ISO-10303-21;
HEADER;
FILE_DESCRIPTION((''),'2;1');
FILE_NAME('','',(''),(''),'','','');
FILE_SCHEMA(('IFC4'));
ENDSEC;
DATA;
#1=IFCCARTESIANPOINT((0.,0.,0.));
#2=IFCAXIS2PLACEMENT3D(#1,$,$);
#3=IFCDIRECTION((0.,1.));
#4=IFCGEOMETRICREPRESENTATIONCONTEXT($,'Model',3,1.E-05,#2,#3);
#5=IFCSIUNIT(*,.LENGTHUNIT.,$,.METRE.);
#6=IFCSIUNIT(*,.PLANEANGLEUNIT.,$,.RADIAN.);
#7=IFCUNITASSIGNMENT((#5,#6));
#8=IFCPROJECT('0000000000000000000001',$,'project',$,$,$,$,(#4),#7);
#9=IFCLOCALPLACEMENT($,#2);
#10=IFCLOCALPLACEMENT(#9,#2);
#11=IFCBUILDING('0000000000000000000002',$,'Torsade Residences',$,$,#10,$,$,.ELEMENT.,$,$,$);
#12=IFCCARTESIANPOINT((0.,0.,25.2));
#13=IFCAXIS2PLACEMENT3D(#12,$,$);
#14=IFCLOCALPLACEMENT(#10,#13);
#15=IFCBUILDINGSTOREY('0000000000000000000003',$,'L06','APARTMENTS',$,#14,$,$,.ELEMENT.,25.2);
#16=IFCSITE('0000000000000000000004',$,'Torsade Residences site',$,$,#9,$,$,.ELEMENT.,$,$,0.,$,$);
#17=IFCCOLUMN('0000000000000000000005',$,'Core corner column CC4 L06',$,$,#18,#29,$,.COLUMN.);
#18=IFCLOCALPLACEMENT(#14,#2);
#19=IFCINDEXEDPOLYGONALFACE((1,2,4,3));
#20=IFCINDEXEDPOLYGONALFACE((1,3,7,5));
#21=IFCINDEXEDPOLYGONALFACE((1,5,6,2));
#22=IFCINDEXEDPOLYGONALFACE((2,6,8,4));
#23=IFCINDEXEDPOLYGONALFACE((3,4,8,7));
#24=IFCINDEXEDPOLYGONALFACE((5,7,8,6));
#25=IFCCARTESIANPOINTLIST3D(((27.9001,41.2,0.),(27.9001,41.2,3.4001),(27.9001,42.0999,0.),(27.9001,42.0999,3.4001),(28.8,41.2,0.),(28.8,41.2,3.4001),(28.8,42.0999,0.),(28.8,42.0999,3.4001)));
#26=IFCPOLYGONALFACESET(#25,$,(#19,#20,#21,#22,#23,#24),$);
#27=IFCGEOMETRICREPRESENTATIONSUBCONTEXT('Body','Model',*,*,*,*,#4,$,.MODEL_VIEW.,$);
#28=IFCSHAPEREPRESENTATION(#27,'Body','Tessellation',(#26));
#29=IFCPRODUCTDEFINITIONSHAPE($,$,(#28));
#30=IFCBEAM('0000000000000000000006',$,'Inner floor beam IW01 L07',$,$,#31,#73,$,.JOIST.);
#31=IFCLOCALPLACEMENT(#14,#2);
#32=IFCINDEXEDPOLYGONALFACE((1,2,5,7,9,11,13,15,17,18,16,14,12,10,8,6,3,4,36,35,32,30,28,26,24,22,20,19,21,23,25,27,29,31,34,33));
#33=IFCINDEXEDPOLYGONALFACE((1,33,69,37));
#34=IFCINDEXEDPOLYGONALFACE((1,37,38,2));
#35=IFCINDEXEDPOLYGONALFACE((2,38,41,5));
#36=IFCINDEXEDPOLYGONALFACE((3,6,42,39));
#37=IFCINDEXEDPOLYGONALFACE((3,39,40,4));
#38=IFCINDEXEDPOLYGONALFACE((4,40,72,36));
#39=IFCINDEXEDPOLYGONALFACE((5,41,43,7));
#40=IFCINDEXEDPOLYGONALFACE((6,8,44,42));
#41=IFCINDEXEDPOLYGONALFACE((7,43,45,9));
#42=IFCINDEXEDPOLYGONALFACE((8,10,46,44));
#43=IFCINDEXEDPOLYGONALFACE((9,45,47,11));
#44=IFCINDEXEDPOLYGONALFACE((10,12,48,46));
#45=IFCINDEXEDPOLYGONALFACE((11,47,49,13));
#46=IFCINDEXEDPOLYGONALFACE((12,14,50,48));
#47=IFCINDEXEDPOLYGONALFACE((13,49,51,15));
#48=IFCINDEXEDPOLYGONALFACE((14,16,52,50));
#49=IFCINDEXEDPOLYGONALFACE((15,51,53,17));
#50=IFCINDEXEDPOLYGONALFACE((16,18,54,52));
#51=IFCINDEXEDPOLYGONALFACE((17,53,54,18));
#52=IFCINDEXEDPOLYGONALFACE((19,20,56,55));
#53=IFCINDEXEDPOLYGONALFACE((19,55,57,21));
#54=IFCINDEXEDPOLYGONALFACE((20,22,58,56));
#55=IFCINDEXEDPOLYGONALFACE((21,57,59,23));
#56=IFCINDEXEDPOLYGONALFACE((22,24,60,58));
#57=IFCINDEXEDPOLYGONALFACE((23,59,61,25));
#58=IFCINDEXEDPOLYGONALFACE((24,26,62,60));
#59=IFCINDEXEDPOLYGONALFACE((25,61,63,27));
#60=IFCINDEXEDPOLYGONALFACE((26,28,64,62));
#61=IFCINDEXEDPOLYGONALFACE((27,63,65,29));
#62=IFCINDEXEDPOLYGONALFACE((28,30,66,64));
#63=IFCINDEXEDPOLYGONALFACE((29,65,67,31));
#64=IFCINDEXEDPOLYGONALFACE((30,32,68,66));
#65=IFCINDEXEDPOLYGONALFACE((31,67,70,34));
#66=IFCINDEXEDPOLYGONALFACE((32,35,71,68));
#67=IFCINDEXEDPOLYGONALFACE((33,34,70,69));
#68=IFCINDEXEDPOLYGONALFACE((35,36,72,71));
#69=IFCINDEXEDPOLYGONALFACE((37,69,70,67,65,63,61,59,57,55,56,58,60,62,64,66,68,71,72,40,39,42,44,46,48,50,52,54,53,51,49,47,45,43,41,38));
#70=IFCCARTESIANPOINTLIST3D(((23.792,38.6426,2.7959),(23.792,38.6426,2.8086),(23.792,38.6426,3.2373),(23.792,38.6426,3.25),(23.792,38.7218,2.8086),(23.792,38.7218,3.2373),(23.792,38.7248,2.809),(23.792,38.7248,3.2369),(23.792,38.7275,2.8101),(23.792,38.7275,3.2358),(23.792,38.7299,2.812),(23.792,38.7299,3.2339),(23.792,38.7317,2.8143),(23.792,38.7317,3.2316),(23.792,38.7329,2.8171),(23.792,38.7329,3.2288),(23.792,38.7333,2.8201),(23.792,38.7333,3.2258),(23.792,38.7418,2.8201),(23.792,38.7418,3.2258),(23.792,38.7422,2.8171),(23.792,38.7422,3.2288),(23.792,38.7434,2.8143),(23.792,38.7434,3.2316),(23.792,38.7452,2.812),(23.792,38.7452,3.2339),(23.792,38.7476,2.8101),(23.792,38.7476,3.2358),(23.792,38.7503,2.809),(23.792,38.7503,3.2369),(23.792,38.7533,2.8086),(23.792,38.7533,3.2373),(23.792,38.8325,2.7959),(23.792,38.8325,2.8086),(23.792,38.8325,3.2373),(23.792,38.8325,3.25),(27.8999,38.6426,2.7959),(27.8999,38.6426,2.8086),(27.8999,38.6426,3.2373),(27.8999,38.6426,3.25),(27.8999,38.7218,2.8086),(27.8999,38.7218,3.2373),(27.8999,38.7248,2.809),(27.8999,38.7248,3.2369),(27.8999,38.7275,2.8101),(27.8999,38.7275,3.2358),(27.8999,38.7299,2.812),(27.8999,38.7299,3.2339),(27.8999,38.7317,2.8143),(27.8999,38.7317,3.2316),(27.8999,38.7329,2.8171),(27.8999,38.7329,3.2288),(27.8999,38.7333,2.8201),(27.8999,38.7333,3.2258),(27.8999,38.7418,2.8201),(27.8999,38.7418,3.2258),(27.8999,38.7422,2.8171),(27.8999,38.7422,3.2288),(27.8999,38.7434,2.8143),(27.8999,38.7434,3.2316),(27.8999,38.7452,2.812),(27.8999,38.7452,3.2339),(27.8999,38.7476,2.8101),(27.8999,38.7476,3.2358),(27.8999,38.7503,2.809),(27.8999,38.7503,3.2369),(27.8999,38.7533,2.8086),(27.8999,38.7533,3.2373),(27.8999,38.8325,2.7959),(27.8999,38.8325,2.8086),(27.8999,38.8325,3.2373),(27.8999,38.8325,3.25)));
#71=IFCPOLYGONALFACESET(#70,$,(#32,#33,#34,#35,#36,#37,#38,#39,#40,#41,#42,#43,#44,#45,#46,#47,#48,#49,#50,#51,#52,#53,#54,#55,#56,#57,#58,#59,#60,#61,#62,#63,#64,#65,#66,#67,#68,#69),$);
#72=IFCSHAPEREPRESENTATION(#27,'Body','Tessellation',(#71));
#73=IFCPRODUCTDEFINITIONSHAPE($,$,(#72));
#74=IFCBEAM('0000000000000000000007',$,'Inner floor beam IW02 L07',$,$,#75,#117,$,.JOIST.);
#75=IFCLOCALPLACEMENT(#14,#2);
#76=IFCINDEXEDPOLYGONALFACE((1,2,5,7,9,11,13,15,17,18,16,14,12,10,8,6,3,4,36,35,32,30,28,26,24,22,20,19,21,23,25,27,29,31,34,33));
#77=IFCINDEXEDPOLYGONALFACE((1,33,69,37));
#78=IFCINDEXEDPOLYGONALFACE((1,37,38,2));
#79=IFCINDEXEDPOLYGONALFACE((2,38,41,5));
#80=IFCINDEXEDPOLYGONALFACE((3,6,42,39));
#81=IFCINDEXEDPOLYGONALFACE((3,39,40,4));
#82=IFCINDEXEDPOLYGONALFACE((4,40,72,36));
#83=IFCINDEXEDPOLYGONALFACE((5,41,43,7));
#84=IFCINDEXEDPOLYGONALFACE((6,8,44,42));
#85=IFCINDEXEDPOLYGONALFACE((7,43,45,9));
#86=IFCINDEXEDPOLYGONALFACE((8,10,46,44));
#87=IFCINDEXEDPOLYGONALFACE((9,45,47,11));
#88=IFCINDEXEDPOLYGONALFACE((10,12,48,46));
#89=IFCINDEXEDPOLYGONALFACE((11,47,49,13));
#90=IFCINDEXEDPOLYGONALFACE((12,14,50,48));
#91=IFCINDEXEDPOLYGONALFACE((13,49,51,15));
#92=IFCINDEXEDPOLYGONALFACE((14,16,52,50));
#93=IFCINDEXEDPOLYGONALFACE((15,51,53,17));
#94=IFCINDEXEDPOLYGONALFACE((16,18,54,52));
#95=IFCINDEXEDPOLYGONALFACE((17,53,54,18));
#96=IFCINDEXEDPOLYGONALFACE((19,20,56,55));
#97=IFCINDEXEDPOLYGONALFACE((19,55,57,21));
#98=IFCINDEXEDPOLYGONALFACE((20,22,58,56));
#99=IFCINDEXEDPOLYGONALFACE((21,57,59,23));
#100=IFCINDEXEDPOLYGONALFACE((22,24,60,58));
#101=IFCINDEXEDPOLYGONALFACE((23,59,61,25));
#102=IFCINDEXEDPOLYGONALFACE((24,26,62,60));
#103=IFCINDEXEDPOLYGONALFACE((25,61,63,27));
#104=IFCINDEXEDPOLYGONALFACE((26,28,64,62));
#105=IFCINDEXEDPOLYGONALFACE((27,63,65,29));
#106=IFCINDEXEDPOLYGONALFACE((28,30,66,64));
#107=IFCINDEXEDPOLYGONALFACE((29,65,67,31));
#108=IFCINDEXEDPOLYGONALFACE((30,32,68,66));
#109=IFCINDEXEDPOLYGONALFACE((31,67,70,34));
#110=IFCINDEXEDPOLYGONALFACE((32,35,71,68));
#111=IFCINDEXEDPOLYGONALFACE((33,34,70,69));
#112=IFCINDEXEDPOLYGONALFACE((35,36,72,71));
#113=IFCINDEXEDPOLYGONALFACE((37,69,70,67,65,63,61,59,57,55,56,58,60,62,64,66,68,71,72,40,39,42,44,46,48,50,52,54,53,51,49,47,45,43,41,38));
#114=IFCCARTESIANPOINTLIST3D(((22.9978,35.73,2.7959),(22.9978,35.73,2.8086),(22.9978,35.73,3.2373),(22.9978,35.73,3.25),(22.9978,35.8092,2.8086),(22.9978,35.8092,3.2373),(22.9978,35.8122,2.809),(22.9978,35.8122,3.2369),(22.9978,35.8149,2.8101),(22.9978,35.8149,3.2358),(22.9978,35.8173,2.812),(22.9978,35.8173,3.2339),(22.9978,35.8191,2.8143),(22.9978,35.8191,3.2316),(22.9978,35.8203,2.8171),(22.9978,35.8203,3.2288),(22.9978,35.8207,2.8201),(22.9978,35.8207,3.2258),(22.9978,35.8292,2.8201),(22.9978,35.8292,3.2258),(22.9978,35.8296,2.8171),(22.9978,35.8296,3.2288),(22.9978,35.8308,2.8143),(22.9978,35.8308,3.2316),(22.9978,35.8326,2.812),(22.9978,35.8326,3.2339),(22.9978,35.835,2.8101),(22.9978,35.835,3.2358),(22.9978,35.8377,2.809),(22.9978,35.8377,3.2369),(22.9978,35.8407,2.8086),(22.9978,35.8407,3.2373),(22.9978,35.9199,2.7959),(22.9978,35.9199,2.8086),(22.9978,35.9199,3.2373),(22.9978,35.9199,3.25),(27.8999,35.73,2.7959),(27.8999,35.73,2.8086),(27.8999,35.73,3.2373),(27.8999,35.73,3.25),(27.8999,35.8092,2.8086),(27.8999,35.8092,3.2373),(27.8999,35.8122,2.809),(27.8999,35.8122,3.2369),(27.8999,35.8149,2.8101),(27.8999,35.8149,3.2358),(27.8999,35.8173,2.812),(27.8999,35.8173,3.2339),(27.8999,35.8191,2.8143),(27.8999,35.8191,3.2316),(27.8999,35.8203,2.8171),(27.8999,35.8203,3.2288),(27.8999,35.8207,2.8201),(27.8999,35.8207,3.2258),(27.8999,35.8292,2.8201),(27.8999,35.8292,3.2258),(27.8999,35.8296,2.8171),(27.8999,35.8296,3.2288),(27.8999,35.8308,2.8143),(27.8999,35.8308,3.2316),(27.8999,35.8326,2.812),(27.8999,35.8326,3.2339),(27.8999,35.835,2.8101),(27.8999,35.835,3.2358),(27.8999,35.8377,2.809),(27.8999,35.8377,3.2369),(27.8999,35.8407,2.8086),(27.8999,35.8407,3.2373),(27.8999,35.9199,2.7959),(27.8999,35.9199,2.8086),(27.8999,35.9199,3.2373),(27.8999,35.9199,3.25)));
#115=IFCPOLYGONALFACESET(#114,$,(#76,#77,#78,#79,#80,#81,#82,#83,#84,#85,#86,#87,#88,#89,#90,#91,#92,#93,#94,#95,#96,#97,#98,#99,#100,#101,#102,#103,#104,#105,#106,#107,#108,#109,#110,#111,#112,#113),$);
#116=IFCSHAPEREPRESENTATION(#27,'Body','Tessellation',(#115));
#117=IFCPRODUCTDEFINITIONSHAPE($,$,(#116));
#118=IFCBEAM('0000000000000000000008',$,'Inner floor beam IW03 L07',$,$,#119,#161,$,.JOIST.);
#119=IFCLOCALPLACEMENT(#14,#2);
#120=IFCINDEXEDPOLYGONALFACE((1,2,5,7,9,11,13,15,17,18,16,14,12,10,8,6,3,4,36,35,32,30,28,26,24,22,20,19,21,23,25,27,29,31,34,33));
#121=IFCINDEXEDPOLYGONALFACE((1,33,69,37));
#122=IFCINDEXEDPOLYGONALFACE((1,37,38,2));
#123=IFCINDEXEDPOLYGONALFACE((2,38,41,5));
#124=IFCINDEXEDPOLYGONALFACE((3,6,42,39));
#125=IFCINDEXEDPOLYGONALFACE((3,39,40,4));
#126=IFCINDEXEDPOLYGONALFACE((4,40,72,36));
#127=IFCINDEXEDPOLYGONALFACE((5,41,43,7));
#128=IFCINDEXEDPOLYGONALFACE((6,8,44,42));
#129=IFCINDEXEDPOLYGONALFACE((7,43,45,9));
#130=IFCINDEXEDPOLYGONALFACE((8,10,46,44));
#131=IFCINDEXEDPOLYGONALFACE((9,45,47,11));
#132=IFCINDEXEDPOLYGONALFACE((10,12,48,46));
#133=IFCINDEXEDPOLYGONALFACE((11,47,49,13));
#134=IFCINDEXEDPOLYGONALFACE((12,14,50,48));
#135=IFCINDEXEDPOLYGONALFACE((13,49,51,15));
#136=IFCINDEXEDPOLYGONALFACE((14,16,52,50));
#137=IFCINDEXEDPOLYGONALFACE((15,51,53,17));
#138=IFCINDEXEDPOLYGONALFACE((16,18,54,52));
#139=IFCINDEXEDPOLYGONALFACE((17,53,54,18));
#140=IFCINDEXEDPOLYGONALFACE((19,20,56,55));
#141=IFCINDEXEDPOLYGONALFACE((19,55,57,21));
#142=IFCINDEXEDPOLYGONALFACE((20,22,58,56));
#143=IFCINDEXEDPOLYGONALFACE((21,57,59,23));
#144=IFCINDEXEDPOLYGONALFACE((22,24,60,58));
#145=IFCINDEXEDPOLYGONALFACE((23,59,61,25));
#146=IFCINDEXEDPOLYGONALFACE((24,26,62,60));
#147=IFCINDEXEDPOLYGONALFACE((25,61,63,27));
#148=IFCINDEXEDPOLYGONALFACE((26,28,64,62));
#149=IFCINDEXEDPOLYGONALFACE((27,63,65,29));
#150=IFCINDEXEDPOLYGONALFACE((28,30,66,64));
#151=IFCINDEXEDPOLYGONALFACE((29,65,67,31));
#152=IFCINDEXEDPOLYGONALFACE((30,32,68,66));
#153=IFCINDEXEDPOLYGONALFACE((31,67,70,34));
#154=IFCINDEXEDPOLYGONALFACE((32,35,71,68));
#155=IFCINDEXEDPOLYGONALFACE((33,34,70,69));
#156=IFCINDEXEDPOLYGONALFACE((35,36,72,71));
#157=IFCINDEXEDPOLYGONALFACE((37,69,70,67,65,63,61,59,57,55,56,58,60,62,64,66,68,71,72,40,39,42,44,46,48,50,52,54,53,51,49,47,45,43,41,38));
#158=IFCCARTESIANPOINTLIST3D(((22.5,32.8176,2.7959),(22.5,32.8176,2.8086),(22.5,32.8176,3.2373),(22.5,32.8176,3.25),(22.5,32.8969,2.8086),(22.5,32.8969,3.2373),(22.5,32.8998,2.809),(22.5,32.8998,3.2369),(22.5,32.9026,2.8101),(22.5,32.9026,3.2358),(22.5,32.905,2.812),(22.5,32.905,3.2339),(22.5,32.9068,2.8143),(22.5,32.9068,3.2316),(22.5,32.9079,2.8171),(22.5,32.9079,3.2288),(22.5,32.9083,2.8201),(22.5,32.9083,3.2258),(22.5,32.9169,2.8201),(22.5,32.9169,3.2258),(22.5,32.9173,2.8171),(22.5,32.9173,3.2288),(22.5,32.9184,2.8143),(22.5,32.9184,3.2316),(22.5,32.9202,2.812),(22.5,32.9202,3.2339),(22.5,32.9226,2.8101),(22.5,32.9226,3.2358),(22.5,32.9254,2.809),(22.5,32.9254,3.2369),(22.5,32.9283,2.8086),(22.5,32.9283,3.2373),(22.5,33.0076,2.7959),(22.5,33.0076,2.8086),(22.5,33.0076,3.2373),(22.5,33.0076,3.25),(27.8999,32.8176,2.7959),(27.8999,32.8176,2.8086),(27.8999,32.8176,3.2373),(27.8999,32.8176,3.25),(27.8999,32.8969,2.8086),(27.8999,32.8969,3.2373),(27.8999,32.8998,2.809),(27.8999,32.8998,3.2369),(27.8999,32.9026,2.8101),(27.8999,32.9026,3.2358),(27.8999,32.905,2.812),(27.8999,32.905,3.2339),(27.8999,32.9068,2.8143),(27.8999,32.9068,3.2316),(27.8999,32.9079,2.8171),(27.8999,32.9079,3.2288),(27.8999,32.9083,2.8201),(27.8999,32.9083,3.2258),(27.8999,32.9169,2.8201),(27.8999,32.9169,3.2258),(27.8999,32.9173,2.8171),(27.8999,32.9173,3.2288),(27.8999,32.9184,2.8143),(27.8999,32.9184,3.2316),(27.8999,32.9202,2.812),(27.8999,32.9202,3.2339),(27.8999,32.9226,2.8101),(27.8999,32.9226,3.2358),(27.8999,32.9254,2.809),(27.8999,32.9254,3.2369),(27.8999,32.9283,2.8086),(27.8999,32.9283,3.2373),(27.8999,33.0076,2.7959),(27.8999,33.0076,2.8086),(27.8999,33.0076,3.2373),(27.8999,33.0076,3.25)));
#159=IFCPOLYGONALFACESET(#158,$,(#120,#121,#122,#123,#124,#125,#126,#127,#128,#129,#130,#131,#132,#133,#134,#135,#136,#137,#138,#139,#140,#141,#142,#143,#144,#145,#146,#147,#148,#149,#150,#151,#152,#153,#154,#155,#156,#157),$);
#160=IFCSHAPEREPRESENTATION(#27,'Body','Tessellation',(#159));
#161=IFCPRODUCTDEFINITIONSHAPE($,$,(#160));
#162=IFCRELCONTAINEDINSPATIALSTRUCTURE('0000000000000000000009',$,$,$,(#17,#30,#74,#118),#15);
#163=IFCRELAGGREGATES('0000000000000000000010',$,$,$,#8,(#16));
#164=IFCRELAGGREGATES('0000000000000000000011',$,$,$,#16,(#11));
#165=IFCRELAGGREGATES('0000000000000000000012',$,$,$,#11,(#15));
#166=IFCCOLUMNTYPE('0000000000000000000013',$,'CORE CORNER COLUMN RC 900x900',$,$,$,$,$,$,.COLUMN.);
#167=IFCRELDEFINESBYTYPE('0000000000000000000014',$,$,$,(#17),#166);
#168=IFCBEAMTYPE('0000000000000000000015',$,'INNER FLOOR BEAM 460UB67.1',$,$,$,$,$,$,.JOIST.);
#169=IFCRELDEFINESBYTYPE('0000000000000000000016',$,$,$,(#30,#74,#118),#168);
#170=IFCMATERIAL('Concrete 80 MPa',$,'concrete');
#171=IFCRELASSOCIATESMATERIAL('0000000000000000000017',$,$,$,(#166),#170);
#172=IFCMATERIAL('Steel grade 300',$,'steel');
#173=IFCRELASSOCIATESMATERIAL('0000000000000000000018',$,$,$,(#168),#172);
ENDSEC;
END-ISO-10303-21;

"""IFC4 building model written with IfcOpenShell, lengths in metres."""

from ifc_helpers import new_model, si_unit, direction, frame, origin, origin_2d, place, context, subcontext, project, spatial, rectangle, i_section, extrude, material, material_profile, profile_set, type_object, element, save


model = new_model("IFC4")

# Units and contexts
model_context = context("Model", 3, precision=1e-05, world=origin(), true_north=direction((0.0, 1.0)))
body_context = subcontext(model_context, "Body", "Model", "MODEL_VIEW")
ifc_project = project(units=[si_unit("LENGTHUNIT", "METRE"), si_unit("PLANEANGLEUNIT", "RADIAN")], contexts=[model_context])

# Site, building, storey
site_placement = place(None, origin())
site = spatial("IfcSite", under=ifc_project, at=site_placement, Name="Torsade Residences site", CompositionType="ELEMENT", RefElevation=0.0)
building_placement = place(site_placement, origin())
building = spatial("IfcBuilding", under=site, at=building_placement, Name="Torsade Residences", CompositionType="ELEMENT")
storey_placement = place(building_placement, frame((0.0, 0.0, 25.2)))
storey = spatial("IfcBuildingStorey", under=building, at=storey_placement, Name="L06", Description="APARTMENTS", CompositionType="ELEMENT", Elevation=25.2)

# Column
ifc_material_1 = material(Name="Concrete 80 MPa", Category="concrete")
ifc_material_profile_1 = material_profile(ifc_material_1, rectangle(XDim=0.8999, YDim=0.8999, at=origin_2d()), Name="RC 900x900")
ifc_profile_set_1 = profile_set([ifc_material_profile_1], Name="Concrete 80 MPa")
column_type = type_object("IfcColumnType", Name="CORE CORNER COLUMN RC 900x900", PredefinedType="COLUMN", material=ifc_profile_set_1)
column_placement = place(storey_placement, frame((28.3501, 41.6499, 0.0), z_axis=(0.0, 0.0, 1.0), x_axis=(1.0, 0.0, 0.0)))
element("IfcColumn", 1, at=column_placement, inside=storey, type_object=column_type, Name="Core corner column CC4 L06", PredefinedType="COLUMN", context=body_context, shape_type="SweptSolid", body=[
    extrude(rectangle(XDim=0.8999, YDim=0.8999, at=origin_2d()), origin(), (0.0, 0.0, 1.0), 3.4001),
])

# Beams
ifc_material_2 = material(Name="Steel grade 300", Category="steel")
ifc_material_profile_2 = material_profile(ifc_material_2, i_section(OverallWidth=0.1899, OverallDepth=0.4541, WebThickness=0.0085, FlangeThickness=0.0127, FilletRadius=0.0115, at=origin_2d()), Name="460UB67.1")
ifc_profile_set_2 = profile_set([ifc_material_profile_2], Name="Steel grade 300")
beam_type_1 = type_object("IfcBeamType", Name="INNER FLOOR BEAM 460UB67.1", PredefinedType="JOIST", material=ifc_profile_set_2)
beam_1_placement = place(storey_placement, frame((27.8999, 38.7375, 3.0229), z_axis=(-1.0, 0.0, 0.0), x_axis=(0.0, -1.0, 0.0)))
element("IfcBeam", 2, at=beam_1_placement, inside=storey, type_object=beam_type_1, Name="Inner floor beam IW01 L07", PredefinedType="JOIST", context=body_context, shape_type="SweptSolid", body=[
    extrude(i_section(OverallWidth=0.1899, OverallDepth=0.4541, WebThickness=0.0085, FlangeThickness=0.0127, FilletRadius=0.0115, at=origin_2d()), origin(), (0.0, 0.0, 1.0), 4.1079),
])
beam_2_placement = place(storey_placement, frame((27.8999, 35.825, 3.0229), z_axis=(-1.0, 0.0, 0.0), x_axis=(0.0, -1.0, 0.0)))
element("IfcBeam", 3, at=beam_2_placement, inside=storey, type_object=beam_type_1, Name="Inner floor beam IW02 L07", PredefinedType="JOIST", context=body_context, shape_type="SweptSolid", body=[
    extrude(i_section(OverallWidth=0.1899, OverallDepth=0.4541, WebThickness=0.0085, FlangeThickness=0.0127, FilletRadius=0.0115, at=origin_2d()), origin(), (0.0, 0.0, 1.0), 4.9021),
])
for number, where, z_axis, x_axis, name in (
    (4, (27.8999, 32.9126, 3.0229), (-1.0, 0.0, 0.0), (0.0, -1.0, 0.0), "Inner floor beam IW03 L07"),
):
    element("IfcBeam", number, at=place(storey_placement, frame(where, z_axis=z_axis, x_axis=x_axis)), inside=storey, type_object=beam_type_1, Name=name, PredefinedType="JOIST", context=body_context, shape_type="SweptSolid", body=[
        extrude(i_section(OverallWidth=0.1899, OverallDepth=0.4541, WebThickness=0.0085, FlangeThickness=0.0127, FilletRadius=0.0115, at=origin_2d()), origin(), (0.0, 0.0, 1.0), 5.3999),
    ])

save(model, "model.ifc")
